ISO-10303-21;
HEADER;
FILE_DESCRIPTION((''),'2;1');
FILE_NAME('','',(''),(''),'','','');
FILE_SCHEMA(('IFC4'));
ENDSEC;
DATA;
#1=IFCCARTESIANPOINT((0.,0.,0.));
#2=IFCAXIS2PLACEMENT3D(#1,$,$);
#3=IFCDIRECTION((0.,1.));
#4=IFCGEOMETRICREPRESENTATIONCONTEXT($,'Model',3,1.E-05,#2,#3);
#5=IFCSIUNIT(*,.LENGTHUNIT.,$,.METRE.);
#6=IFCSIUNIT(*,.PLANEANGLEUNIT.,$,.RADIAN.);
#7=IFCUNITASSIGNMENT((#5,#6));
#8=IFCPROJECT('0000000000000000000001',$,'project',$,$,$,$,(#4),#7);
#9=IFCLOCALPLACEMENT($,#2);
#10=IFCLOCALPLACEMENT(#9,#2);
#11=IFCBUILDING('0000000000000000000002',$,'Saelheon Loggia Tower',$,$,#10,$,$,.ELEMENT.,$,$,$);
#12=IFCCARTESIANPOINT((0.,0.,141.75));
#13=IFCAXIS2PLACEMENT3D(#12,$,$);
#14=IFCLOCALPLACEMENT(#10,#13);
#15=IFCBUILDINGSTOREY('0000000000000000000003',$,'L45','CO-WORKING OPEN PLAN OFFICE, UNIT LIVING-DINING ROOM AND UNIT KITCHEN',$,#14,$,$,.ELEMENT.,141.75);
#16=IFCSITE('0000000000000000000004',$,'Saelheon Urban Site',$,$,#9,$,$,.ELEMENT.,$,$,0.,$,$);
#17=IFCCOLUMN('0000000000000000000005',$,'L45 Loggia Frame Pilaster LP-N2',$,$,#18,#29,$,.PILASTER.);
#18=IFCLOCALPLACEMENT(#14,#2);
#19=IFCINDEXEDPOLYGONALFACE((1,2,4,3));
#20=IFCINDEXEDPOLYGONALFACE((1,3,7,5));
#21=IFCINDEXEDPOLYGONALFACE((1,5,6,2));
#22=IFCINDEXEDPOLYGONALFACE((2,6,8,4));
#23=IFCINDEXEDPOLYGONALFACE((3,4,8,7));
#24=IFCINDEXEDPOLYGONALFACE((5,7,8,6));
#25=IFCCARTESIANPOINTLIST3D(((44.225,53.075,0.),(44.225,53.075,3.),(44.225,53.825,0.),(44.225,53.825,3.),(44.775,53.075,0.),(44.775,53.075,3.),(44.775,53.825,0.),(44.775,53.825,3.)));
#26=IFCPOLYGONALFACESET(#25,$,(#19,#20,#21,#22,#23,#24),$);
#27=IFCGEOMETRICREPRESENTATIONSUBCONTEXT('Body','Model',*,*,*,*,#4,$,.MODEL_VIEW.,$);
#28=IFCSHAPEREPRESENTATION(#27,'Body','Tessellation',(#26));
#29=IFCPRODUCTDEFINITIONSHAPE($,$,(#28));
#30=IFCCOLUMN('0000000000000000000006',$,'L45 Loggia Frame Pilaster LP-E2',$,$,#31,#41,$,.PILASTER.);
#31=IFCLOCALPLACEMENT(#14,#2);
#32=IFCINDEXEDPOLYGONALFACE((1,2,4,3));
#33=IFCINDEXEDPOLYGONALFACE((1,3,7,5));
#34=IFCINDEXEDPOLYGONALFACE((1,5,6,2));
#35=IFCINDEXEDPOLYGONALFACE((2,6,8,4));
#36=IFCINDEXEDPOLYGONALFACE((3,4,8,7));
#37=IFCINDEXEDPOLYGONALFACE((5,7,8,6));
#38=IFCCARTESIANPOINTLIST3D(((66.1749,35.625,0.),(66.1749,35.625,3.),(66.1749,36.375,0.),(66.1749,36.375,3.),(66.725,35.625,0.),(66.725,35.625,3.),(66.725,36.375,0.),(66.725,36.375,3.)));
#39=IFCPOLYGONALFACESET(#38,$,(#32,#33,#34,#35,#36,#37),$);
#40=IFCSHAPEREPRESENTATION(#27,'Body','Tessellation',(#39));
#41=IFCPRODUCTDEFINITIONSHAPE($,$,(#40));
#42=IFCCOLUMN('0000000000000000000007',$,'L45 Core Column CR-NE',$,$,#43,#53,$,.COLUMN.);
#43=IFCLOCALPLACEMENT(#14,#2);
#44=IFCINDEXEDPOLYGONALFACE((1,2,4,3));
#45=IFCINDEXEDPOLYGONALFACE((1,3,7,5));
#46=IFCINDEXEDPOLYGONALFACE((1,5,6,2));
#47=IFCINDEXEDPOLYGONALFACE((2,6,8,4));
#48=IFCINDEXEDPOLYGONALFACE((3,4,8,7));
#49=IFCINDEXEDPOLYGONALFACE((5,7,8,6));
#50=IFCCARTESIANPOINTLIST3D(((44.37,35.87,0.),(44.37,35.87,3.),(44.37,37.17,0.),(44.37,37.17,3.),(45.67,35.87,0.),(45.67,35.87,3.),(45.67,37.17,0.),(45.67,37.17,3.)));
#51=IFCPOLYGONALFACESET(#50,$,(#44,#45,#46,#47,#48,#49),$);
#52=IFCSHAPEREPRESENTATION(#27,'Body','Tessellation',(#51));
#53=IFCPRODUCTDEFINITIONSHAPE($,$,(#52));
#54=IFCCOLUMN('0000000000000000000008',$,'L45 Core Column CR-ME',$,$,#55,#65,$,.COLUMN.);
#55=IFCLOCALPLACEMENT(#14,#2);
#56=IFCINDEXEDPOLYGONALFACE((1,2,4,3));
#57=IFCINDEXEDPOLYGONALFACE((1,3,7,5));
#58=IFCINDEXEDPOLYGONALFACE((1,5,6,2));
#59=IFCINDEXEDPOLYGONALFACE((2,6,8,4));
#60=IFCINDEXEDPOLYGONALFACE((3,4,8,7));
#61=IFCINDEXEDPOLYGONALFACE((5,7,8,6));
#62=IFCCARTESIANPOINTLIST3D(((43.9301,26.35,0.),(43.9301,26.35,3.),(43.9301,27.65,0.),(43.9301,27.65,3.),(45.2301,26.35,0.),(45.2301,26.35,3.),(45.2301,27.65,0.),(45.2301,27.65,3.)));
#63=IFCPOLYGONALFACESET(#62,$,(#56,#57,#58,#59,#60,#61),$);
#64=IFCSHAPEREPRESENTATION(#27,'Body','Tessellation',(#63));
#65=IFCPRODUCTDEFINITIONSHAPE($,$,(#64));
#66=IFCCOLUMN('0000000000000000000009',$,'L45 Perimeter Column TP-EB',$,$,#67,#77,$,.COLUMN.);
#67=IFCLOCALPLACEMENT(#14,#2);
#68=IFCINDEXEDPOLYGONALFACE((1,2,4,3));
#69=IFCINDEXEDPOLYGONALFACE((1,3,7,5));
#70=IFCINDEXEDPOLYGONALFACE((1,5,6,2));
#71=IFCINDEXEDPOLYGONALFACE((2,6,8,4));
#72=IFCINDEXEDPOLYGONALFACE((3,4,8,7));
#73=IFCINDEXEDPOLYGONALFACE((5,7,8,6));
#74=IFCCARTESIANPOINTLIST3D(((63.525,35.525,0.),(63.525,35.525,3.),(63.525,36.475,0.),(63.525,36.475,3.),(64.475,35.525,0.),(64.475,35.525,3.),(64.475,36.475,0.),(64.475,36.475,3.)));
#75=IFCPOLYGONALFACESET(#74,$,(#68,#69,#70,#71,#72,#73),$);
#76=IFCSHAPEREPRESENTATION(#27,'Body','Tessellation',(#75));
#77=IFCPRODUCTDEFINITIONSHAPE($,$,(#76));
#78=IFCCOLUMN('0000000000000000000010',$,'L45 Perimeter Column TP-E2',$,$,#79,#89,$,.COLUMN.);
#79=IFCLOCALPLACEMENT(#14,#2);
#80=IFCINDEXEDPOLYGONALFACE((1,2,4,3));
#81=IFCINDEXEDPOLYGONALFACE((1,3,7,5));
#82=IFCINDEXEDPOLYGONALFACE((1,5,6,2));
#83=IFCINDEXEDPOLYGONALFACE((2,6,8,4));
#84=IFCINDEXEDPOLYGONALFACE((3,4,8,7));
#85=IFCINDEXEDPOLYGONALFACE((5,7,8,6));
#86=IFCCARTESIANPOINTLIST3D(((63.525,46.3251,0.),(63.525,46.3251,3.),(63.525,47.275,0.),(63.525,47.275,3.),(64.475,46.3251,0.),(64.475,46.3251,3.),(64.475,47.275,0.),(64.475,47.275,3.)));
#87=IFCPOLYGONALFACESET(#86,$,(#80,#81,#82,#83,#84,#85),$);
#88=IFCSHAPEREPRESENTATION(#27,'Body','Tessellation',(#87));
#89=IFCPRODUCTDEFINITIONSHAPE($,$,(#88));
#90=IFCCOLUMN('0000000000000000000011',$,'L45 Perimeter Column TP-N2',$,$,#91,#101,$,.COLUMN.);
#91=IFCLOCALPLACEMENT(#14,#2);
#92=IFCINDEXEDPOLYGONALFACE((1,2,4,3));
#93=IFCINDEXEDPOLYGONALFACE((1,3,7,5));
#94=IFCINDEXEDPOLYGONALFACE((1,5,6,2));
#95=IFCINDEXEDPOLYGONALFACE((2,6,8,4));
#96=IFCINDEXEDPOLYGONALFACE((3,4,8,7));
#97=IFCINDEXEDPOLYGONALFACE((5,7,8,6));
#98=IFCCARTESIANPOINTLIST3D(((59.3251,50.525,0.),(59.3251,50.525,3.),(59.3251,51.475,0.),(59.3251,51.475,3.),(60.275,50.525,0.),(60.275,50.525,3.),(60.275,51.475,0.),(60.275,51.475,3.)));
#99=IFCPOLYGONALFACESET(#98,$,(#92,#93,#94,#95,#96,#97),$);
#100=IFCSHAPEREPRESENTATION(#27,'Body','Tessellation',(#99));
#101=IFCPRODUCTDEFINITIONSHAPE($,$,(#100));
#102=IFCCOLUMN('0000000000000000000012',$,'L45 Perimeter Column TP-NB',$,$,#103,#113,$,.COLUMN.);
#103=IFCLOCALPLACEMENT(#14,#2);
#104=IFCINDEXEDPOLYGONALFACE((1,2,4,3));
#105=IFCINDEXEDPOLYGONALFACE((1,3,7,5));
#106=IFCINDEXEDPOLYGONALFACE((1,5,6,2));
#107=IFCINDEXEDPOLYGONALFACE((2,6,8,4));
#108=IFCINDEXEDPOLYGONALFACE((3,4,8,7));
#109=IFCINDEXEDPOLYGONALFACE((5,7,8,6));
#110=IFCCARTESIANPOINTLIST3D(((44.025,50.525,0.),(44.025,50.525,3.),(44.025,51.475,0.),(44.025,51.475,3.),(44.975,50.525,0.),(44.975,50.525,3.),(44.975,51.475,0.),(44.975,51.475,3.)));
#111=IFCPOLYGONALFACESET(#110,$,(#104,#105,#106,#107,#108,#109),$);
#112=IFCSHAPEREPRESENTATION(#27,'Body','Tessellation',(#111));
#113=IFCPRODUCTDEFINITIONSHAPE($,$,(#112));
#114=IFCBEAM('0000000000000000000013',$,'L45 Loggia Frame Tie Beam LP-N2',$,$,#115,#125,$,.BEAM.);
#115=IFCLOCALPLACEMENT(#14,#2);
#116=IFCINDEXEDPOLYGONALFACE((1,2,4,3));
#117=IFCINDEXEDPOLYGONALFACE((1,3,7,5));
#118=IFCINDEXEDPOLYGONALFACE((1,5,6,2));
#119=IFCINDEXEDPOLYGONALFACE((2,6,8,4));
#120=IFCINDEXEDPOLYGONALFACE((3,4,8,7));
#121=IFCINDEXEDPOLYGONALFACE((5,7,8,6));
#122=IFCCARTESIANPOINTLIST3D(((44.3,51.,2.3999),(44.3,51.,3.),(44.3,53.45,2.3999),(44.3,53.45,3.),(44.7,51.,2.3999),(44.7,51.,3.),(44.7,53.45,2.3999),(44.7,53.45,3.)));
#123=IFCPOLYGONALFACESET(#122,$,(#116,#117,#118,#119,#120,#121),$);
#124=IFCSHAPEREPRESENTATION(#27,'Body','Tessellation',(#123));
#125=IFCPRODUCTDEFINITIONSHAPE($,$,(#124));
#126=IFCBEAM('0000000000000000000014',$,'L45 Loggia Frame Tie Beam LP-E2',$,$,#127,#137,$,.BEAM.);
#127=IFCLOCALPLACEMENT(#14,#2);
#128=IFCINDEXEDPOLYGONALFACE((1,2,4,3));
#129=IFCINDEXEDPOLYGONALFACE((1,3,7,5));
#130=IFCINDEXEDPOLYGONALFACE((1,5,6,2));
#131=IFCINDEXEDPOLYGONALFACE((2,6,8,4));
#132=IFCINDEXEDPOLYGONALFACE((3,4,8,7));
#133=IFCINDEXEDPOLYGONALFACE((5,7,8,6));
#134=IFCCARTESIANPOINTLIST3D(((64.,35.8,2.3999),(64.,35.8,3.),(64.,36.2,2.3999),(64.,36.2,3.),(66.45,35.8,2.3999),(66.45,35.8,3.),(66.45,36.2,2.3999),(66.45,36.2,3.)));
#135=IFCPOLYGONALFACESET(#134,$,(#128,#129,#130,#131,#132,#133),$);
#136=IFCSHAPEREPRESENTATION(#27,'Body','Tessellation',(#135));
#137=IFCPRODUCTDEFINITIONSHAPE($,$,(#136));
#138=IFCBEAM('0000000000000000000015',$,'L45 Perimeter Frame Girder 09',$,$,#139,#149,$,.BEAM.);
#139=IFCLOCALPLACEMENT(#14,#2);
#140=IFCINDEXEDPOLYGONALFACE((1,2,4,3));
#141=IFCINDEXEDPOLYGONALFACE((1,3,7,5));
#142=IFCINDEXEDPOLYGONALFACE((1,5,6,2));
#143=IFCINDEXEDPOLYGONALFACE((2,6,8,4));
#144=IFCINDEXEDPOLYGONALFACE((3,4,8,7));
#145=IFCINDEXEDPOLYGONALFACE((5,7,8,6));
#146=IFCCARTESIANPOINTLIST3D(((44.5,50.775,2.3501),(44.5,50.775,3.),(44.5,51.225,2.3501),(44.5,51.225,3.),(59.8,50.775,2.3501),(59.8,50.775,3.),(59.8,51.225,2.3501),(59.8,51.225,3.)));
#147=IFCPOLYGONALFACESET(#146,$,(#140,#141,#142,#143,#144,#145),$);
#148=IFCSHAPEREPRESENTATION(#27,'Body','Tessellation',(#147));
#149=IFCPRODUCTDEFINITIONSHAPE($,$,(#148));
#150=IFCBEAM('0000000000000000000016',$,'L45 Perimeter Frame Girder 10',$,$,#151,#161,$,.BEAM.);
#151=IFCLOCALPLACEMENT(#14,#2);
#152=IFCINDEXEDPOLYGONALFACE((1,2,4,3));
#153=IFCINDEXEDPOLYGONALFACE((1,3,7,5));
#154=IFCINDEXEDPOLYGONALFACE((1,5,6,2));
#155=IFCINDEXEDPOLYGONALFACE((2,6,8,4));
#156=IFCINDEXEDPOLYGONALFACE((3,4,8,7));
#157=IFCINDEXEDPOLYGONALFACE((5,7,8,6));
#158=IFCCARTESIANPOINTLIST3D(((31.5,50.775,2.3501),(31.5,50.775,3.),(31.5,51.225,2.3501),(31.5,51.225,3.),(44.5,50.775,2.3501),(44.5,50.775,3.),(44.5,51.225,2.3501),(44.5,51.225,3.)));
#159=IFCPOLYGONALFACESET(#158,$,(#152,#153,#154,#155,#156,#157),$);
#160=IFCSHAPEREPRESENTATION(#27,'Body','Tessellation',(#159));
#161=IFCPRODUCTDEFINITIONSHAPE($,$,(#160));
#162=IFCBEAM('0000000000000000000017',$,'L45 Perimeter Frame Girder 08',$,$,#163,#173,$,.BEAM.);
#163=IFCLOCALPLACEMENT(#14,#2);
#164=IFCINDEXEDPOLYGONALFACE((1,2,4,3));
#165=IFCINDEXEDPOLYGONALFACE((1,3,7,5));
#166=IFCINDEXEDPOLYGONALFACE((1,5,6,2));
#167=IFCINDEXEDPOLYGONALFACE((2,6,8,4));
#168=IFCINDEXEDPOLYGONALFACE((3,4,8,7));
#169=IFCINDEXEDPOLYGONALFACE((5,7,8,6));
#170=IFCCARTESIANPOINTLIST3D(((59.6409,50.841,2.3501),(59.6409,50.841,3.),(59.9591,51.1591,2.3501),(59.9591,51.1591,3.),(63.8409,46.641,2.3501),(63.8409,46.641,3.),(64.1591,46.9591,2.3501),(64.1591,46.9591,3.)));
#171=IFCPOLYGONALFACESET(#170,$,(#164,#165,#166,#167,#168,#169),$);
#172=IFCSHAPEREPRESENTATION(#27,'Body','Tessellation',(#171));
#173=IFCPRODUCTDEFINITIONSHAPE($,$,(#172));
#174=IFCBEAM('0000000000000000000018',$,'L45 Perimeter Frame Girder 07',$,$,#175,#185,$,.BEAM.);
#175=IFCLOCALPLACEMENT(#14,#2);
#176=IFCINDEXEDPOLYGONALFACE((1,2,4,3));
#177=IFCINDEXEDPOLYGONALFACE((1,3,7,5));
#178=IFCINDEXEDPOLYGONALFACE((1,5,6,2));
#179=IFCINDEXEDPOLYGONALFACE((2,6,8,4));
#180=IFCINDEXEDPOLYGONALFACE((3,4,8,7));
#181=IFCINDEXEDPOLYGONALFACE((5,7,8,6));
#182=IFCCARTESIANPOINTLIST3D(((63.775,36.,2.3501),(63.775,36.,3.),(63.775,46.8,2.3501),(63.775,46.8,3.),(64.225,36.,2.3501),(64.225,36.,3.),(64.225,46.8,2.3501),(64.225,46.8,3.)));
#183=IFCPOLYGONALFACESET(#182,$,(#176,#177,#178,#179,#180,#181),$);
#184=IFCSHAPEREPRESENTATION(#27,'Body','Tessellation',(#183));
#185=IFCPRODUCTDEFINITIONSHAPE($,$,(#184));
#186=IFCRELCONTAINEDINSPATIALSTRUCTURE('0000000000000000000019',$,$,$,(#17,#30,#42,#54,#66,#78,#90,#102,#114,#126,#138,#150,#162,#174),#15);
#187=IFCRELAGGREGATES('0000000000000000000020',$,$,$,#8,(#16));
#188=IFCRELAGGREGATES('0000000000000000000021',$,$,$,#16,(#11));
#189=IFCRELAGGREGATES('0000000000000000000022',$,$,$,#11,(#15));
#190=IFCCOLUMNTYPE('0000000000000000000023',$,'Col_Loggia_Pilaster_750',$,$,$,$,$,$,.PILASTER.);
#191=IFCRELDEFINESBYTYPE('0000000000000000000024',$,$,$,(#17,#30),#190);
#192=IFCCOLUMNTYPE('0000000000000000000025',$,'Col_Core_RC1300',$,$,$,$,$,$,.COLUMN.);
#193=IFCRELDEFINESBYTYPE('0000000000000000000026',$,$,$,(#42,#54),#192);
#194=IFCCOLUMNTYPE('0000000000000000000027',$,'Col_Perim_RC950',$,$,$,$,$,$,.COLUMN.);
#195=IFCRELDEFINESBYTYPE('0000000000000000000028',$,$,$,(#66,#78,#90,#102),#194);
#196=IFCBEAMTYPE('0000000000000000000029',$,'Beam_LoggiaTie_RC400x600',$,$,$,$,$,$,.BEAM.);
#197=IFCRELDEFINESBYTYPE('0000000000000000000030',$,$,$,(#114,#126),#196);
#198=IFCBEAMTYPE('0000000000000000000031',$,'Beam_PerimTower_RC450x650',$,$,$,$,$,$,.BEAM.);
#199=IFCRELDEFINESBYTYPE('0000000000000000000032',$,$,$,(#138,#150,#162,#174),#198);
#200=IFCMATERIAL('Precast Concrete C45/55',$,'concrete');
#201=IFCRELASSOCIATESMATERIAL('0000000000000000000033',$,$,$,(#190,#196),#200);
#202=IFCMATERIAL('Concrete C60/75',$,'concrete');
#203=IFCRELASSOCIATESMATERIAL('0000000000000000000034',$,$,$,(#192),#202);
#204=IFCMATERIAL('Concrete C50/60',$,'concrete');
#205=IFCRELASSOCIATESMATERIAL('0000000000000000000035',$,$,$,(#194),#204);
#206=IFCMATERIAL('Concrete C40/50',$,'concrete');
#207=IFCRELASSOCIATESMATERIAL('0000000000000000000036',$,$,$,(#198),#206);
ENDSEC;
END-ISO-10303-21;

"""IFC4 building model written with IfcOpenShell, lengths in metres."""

from ifc_helpers import new_model, si_unit, direction, frame, origin, origin_2d, place, context, subcontext, project, spatial, rectangle, extrude, source, transform, mapped, material, material_profile, profile_set, type_object, element, save


model = new_model("IFC4")

# Units and contexts
model_context = context("Model", 3, precision=1e-05, world=origin(), true_north=direction((0.0, 1.0)))
body_context = subcontext(model_context, "Body", "Model", "MODEL_VIEW")
ifc_project = project(units=[si_unit("LENGTHUNIT", "METRE"), si_unit("PLANEANGLEUNIT", "RADIAN")], contexts=[model_context])

# Site, building, storey
site_placement = place(None, origin())
site = spatial("IfcSite", under=ifc_project, at=site_placement, Name="Saelheon Urban Site", CompositionType="ELEMENT", RefElevation=0.0)
building_placement = place(site_placement, origin())
building = spatial("IfcBuilding", under=site, at=building_placement, Name="Saelheon Loggia Tower", CompositionType="ELEMENT")
storey_placement = place(building_placement, frame((0.0, 0.0, 141.75)))
storey = spatial("IfcBuildingStorey", under=building, at=storey_placement, Name="L45", Description="CO-WORKING OPEN PLAN OFFICE, UNIT LIVING-DINING ROOM AND UNIT KITCHEN", CompositionType="ELEMENT", Elevation=141.75)

# Columns
ifc_material_1 = material(Name="Precast Concrete C45/55", Category="concrete")
ifc_material_profile_1 = material_profile(ifc_material_1, rectangle(XDim=0.55, YDim=0.75, at=origin_2d()), Name="RC-550x750")
ifc_profile_set_1 = profile_set([ifc_material_profile_1], Name="Precast Concrete C45/55")
column_type_1 = type_object("IfcColumnType", Name="Col_Loggia_Pilaster_750", PredefinedType="PILASTER", material=ifc_profile_set_1)
shared_shape_1 = source(origin(), body_context, "Body", "SweptSolid", [
    extrude(rectangle(XDim=0.55, YDim=0.75, at=origin_2d()), origin(), (0.0, 0.0, 1.0), 3.0),
])
for number, where, z_axis, x_axis, name in (
    (1, (44.5, 53.45, 0.0), (0.0, 0.0, 1.0), (1.0, 0.0, 0.0), "L45 Loggia Frame Pilaster LP-N2"),
    (2, (66.45, 36.0, 0.0), (0.0, 0.0, 1.0), (1.0, 0.0, 0.0), "L45 Loggia Frame Pilaster LP-E2"),
):
    element("IfcColumn", number, at=place(storey_placement, frame(where, z_axis=z_axis, x_axis=x_axis)), inside=storey, type_object=column_type_1, Name=name, PredefinedType="PILASTER", context=body_context, shape_type="MappedRepresentation", body=[
        mapped(shared_shape_1, transform((0.0, 0.0, 0.0), scale=1.0)),
    ])
ifc_material_2 = material(Name="Concrete C60/75", Category="concrete")
ifc_material_profile_2 = material_profile(ifc_material_2, rectangle(XDim=1.3, YDim=1.3, at=origin_2d()), Name="RC-1300x1300")
ifc_profile_set_2 = profile_set([ifc_material_profile_2], Name="Concrete C60/75")
column_type_2 = type_object("IfcColumnType", Name="Col_Core_RC1300", PredefinedType="COLUMN", material=ifc_profile_set_2)
shared_shape_2 = source(origin(), body_context, "Body", "SweptSolid", [
    extrude(rectangle(XDim=1.3, YDim=1.3, at=origin_2d()), origin(), (0.0, 0.0, 1.0), 3.0),
])
for number, where, z_axis, x_axis, name in (
    (3, (45.02, 36.52, 0.0), (0.0, 0.0, 1.0), (1.0, 0.0, 0.0), "L45 Core Column CR-NE"),
    (4, (44.5801, 27.0, 0.0), (0.0, 0.0, 1.0), (1.0, 0.0, 0.0), "L45 Core Column CR-ME"),
):
    element("IfcColumn", number, at=place(storey_placement, frame(where, z_axis=z_axis, x_axis=x_axis)), inside=storey, type_object=column_type_2, Name=name, PredefinedType="COLUMN", context=body_context, shape_type="MappedRepresentation", body=[
        mapped(shared_shape_2, transform((0.0, 0.0, 0.0), scale=1.0)),
    ])
ifc_material_3 = material(Name="Concrete C50/60", Category="concrete")
ifc_material_profile_3 = material_profile(ifc_material_3, rectangle(XDim=0.95, YDim=0.95, at=origin_2d()), Name="RC-950x950")
ifc_profile_set_3 = profile_set([ifc_material_profile_3], Name="Concrete C50/60")
column_type_3 = type_object("IfcColumnType", Name="Col_Perim_RC950", PredefinedType="COLUMN", material=ifc_profile_set_3)
shared_shape_3 = source(origin(), body_context, "Body", "SweptSolid", [
    extrude(rectangle(XDim=0.95, YDim=0.95, at=origin_2d()), origin(), (0.0, 0.0, 1.0), 3.0),
])
for number, where, z_axis, x_axis, name in (
    (5, (64.0, 36.0, 0.0), (0.0, 0.0, 1.0), (1.0, 0.0, 0.0), "L45 Perimeter Column TP-EB"),
    (6, (64.0, 46.8, 0.0), (0.0, 0.0, 1.0), (1.0, 0.0, 0.0), "L45 Perimeter Column TP-E2"),
    (7, (59.8, 51.0, 0.0), (0.0, 0.0, 1.0), (1.0, 0.0, 0.0), "L45 Perimeter Column TP-N2"),
    (8, (44.5, 51.0, 0.0), (0.0, 0.0, 1.0), (1.0, 0.0, 0.0), "L45 Perimeter Column TP-NB"),
):
    element("IfcColumn", number, at=place(storey_placement, frame(where, z_axis=z_axis, x_axis=x_axis)), inside=storey, type_object=column_type_3, Name=name, PredefinedType="COLUMN", context=body_context, shape_type="MappedRepresentation", body=[
        mapped(shared_shape_3, transform((0.0, 0.0, 0.0), scale=1.0)),
    ])

# Beams
ifc_material_profile_4 = material_profile(ifc_material_1, rectangle(XDim=0.3999, YDim=0.6001, at=origin_2d()), Name="RC-400x600")
ifc_profile_set_4 = profile_set([ifc_material_profile_4], Name="Precast Concrete C45/55")
beam_type_1 = type_object("IfcBeamType", Name="Beam_LoggiaTie_RC400x600", PredefinedType="BEAM", material=ifc_profile_set_4)
shared_shape_4 = source(origin(), body_context, "Body", "SweptSolid", [
    extrude(rectangle(XDim=0.3999, YDim=0.6001, at=origin_2d()), origin(), (0.0, 0.0, 1.0), 2.45),
])
for number, where, z_axis, x_axis, name in (
    (9, (44.5, 51.0, 2.7), (0.0, 1.0, 0.0), (-1.0, 0.0, 0.0), "L45 Loggia Frame Tie Beam LP-N2"),
    (10, (64.0, 36.0, 2.7), (1.0, 0.0, 0.0), (0.0, 1.0, 0.0), "L45 Loggia Frame Tie Beam LP-E2"),
):
    element("IfcBeam", number, at=place(storey_placement, frame(where, z_axis=z_axis, x_axis=x_axis)), inside=storey, type_object=beam_type_1, Name=name, PredefinedType="BEAM", context=body_context, shape_type="MappedRepresentation", body=[
        mapped(shared_shape_4, transform((0.0, 0.0, 0.0), scale=1.0)),
    ])
ifc_material_4 = material(Name="Concrete C40/50", Category="concrete")
ifc_material_profile_5 = material_profile(ifc_material_4, rectangle(XDim=0.45, YDim=0.6499, at=origin_2d()), Name="RC-450x650")
ifc_profile_set_5 = profile_set([ifc_material_profile_5], Name="Concrete C40/50")
beam_type_2 = type_object("IfcBeamType", Name="Beam_PerimTower_RC450x650", PredefinedType="BEAM", material=ifc_profile_set_5)
shared_shape_5 = source(origin(), body_context, "Body", "SweptSolid", [
    extrude(rectangle(XDim=0.45, YDim=0.6499, at=origin_2d()), origin(), (0.0, 0.0, 1.0), 15.3),
])
beam_1_placement = place(storey_placement, frame((59.8, 51.0, 2.675), z_axis=(-1.0, 0.0, 0.0), x_axis=(0.0, -1.0, 0.0)))
element("IfcBeam", 11, at=beam_1_placement, inside=storey, type_object=beam_type_2, Name="L45 Perimeter Frame Girder 09", PredefinedType="BEAM", context=body_context, shape_type="MappedRepresentation", body=[
    mapped(shared_shape_5, transform((0.0, 0.0, 0.0), scale=1.0)),
])
shared_shape_6 = source(origin(), body_context, "Body", "SweptSolid", [
    extrude(rectangle(XDim=0.45, YDim=0.6499, at=origin_2d()), origin(), (0.0, 0.0, 1.0), 13.0),
])
beam_2_placement = place(storey_placement, frame((44.5, 51.0, 2.675), z_axis=(-1.0, 0.0, 0.0), x_axis=(0.0, -1.0, 0.0)))
element("IfcBeam", 12, at=beam_2_placement, inside=storey, type_object=beam_type_2, Name="L45 Perimeter Frame Girder 10", PredefinedType="BEAM", context=body_context, shape_type="MappedRepresentation", body=[
    mapped(shared_shape_6, transform((0.0, 0.0, 0.0), scale=1.0)),
])
shared_shape_7 = source(origin(), body_context, "Body", "SweptSolid", [
    extrude(rectangle(XDim=0.45, YDim=0.6499, at=origin_2d()), origin(), (0.0, 0.0, 1.0), 5.9397),
])
beam_3_placement = place(storey_placement, frame((64.0, 46.8, 2.675), z_axis=(-0.707107, 0.707107, 0.0), x_axis=(-0.707107, -0.707107, 0.0)))
element("IfcBeam", 13, at=beam_3_placement, inside=storey, type_object=beam_type_2, Name="L45 Perimeter Frame Girder 08", PredefinedType="BEAM", context=body_context, shape_type="MappedRepresentation", body=[
    mapped(shared_shape_7, transform((0.0, 0.0, 0.0), scale=1.0)),
])
shared_shape_8 = source(origin(), body_context, "Body", "SweptSolid", [
    extrude(rectangle(XDim=0.45, YDim=0.6499, at=origin_2d()), origin(), (0.0, 0.0, 1.0), 10.8),
])
beam_4_placement = place(storey_placement, frame((64.0, 36.0, 2.675), z_axis=(0.0, 1.0, 0.0), x_axis=(-1.0, 0.0, 0.0)))
element("IfcBeam", 14, at=beam_4_placement, inside=storey, type_object=beam_type_2, Name="L45 Perimeter Frame Girder 07", PredefinedType="BEAM", context=body_context, shape_type="MappedRepresentation", body=[
    mapped(shared_shape_8, transform((0.0, 0.0, 0.0), scale=1.0)),
])

save(model, "model.ifc")
